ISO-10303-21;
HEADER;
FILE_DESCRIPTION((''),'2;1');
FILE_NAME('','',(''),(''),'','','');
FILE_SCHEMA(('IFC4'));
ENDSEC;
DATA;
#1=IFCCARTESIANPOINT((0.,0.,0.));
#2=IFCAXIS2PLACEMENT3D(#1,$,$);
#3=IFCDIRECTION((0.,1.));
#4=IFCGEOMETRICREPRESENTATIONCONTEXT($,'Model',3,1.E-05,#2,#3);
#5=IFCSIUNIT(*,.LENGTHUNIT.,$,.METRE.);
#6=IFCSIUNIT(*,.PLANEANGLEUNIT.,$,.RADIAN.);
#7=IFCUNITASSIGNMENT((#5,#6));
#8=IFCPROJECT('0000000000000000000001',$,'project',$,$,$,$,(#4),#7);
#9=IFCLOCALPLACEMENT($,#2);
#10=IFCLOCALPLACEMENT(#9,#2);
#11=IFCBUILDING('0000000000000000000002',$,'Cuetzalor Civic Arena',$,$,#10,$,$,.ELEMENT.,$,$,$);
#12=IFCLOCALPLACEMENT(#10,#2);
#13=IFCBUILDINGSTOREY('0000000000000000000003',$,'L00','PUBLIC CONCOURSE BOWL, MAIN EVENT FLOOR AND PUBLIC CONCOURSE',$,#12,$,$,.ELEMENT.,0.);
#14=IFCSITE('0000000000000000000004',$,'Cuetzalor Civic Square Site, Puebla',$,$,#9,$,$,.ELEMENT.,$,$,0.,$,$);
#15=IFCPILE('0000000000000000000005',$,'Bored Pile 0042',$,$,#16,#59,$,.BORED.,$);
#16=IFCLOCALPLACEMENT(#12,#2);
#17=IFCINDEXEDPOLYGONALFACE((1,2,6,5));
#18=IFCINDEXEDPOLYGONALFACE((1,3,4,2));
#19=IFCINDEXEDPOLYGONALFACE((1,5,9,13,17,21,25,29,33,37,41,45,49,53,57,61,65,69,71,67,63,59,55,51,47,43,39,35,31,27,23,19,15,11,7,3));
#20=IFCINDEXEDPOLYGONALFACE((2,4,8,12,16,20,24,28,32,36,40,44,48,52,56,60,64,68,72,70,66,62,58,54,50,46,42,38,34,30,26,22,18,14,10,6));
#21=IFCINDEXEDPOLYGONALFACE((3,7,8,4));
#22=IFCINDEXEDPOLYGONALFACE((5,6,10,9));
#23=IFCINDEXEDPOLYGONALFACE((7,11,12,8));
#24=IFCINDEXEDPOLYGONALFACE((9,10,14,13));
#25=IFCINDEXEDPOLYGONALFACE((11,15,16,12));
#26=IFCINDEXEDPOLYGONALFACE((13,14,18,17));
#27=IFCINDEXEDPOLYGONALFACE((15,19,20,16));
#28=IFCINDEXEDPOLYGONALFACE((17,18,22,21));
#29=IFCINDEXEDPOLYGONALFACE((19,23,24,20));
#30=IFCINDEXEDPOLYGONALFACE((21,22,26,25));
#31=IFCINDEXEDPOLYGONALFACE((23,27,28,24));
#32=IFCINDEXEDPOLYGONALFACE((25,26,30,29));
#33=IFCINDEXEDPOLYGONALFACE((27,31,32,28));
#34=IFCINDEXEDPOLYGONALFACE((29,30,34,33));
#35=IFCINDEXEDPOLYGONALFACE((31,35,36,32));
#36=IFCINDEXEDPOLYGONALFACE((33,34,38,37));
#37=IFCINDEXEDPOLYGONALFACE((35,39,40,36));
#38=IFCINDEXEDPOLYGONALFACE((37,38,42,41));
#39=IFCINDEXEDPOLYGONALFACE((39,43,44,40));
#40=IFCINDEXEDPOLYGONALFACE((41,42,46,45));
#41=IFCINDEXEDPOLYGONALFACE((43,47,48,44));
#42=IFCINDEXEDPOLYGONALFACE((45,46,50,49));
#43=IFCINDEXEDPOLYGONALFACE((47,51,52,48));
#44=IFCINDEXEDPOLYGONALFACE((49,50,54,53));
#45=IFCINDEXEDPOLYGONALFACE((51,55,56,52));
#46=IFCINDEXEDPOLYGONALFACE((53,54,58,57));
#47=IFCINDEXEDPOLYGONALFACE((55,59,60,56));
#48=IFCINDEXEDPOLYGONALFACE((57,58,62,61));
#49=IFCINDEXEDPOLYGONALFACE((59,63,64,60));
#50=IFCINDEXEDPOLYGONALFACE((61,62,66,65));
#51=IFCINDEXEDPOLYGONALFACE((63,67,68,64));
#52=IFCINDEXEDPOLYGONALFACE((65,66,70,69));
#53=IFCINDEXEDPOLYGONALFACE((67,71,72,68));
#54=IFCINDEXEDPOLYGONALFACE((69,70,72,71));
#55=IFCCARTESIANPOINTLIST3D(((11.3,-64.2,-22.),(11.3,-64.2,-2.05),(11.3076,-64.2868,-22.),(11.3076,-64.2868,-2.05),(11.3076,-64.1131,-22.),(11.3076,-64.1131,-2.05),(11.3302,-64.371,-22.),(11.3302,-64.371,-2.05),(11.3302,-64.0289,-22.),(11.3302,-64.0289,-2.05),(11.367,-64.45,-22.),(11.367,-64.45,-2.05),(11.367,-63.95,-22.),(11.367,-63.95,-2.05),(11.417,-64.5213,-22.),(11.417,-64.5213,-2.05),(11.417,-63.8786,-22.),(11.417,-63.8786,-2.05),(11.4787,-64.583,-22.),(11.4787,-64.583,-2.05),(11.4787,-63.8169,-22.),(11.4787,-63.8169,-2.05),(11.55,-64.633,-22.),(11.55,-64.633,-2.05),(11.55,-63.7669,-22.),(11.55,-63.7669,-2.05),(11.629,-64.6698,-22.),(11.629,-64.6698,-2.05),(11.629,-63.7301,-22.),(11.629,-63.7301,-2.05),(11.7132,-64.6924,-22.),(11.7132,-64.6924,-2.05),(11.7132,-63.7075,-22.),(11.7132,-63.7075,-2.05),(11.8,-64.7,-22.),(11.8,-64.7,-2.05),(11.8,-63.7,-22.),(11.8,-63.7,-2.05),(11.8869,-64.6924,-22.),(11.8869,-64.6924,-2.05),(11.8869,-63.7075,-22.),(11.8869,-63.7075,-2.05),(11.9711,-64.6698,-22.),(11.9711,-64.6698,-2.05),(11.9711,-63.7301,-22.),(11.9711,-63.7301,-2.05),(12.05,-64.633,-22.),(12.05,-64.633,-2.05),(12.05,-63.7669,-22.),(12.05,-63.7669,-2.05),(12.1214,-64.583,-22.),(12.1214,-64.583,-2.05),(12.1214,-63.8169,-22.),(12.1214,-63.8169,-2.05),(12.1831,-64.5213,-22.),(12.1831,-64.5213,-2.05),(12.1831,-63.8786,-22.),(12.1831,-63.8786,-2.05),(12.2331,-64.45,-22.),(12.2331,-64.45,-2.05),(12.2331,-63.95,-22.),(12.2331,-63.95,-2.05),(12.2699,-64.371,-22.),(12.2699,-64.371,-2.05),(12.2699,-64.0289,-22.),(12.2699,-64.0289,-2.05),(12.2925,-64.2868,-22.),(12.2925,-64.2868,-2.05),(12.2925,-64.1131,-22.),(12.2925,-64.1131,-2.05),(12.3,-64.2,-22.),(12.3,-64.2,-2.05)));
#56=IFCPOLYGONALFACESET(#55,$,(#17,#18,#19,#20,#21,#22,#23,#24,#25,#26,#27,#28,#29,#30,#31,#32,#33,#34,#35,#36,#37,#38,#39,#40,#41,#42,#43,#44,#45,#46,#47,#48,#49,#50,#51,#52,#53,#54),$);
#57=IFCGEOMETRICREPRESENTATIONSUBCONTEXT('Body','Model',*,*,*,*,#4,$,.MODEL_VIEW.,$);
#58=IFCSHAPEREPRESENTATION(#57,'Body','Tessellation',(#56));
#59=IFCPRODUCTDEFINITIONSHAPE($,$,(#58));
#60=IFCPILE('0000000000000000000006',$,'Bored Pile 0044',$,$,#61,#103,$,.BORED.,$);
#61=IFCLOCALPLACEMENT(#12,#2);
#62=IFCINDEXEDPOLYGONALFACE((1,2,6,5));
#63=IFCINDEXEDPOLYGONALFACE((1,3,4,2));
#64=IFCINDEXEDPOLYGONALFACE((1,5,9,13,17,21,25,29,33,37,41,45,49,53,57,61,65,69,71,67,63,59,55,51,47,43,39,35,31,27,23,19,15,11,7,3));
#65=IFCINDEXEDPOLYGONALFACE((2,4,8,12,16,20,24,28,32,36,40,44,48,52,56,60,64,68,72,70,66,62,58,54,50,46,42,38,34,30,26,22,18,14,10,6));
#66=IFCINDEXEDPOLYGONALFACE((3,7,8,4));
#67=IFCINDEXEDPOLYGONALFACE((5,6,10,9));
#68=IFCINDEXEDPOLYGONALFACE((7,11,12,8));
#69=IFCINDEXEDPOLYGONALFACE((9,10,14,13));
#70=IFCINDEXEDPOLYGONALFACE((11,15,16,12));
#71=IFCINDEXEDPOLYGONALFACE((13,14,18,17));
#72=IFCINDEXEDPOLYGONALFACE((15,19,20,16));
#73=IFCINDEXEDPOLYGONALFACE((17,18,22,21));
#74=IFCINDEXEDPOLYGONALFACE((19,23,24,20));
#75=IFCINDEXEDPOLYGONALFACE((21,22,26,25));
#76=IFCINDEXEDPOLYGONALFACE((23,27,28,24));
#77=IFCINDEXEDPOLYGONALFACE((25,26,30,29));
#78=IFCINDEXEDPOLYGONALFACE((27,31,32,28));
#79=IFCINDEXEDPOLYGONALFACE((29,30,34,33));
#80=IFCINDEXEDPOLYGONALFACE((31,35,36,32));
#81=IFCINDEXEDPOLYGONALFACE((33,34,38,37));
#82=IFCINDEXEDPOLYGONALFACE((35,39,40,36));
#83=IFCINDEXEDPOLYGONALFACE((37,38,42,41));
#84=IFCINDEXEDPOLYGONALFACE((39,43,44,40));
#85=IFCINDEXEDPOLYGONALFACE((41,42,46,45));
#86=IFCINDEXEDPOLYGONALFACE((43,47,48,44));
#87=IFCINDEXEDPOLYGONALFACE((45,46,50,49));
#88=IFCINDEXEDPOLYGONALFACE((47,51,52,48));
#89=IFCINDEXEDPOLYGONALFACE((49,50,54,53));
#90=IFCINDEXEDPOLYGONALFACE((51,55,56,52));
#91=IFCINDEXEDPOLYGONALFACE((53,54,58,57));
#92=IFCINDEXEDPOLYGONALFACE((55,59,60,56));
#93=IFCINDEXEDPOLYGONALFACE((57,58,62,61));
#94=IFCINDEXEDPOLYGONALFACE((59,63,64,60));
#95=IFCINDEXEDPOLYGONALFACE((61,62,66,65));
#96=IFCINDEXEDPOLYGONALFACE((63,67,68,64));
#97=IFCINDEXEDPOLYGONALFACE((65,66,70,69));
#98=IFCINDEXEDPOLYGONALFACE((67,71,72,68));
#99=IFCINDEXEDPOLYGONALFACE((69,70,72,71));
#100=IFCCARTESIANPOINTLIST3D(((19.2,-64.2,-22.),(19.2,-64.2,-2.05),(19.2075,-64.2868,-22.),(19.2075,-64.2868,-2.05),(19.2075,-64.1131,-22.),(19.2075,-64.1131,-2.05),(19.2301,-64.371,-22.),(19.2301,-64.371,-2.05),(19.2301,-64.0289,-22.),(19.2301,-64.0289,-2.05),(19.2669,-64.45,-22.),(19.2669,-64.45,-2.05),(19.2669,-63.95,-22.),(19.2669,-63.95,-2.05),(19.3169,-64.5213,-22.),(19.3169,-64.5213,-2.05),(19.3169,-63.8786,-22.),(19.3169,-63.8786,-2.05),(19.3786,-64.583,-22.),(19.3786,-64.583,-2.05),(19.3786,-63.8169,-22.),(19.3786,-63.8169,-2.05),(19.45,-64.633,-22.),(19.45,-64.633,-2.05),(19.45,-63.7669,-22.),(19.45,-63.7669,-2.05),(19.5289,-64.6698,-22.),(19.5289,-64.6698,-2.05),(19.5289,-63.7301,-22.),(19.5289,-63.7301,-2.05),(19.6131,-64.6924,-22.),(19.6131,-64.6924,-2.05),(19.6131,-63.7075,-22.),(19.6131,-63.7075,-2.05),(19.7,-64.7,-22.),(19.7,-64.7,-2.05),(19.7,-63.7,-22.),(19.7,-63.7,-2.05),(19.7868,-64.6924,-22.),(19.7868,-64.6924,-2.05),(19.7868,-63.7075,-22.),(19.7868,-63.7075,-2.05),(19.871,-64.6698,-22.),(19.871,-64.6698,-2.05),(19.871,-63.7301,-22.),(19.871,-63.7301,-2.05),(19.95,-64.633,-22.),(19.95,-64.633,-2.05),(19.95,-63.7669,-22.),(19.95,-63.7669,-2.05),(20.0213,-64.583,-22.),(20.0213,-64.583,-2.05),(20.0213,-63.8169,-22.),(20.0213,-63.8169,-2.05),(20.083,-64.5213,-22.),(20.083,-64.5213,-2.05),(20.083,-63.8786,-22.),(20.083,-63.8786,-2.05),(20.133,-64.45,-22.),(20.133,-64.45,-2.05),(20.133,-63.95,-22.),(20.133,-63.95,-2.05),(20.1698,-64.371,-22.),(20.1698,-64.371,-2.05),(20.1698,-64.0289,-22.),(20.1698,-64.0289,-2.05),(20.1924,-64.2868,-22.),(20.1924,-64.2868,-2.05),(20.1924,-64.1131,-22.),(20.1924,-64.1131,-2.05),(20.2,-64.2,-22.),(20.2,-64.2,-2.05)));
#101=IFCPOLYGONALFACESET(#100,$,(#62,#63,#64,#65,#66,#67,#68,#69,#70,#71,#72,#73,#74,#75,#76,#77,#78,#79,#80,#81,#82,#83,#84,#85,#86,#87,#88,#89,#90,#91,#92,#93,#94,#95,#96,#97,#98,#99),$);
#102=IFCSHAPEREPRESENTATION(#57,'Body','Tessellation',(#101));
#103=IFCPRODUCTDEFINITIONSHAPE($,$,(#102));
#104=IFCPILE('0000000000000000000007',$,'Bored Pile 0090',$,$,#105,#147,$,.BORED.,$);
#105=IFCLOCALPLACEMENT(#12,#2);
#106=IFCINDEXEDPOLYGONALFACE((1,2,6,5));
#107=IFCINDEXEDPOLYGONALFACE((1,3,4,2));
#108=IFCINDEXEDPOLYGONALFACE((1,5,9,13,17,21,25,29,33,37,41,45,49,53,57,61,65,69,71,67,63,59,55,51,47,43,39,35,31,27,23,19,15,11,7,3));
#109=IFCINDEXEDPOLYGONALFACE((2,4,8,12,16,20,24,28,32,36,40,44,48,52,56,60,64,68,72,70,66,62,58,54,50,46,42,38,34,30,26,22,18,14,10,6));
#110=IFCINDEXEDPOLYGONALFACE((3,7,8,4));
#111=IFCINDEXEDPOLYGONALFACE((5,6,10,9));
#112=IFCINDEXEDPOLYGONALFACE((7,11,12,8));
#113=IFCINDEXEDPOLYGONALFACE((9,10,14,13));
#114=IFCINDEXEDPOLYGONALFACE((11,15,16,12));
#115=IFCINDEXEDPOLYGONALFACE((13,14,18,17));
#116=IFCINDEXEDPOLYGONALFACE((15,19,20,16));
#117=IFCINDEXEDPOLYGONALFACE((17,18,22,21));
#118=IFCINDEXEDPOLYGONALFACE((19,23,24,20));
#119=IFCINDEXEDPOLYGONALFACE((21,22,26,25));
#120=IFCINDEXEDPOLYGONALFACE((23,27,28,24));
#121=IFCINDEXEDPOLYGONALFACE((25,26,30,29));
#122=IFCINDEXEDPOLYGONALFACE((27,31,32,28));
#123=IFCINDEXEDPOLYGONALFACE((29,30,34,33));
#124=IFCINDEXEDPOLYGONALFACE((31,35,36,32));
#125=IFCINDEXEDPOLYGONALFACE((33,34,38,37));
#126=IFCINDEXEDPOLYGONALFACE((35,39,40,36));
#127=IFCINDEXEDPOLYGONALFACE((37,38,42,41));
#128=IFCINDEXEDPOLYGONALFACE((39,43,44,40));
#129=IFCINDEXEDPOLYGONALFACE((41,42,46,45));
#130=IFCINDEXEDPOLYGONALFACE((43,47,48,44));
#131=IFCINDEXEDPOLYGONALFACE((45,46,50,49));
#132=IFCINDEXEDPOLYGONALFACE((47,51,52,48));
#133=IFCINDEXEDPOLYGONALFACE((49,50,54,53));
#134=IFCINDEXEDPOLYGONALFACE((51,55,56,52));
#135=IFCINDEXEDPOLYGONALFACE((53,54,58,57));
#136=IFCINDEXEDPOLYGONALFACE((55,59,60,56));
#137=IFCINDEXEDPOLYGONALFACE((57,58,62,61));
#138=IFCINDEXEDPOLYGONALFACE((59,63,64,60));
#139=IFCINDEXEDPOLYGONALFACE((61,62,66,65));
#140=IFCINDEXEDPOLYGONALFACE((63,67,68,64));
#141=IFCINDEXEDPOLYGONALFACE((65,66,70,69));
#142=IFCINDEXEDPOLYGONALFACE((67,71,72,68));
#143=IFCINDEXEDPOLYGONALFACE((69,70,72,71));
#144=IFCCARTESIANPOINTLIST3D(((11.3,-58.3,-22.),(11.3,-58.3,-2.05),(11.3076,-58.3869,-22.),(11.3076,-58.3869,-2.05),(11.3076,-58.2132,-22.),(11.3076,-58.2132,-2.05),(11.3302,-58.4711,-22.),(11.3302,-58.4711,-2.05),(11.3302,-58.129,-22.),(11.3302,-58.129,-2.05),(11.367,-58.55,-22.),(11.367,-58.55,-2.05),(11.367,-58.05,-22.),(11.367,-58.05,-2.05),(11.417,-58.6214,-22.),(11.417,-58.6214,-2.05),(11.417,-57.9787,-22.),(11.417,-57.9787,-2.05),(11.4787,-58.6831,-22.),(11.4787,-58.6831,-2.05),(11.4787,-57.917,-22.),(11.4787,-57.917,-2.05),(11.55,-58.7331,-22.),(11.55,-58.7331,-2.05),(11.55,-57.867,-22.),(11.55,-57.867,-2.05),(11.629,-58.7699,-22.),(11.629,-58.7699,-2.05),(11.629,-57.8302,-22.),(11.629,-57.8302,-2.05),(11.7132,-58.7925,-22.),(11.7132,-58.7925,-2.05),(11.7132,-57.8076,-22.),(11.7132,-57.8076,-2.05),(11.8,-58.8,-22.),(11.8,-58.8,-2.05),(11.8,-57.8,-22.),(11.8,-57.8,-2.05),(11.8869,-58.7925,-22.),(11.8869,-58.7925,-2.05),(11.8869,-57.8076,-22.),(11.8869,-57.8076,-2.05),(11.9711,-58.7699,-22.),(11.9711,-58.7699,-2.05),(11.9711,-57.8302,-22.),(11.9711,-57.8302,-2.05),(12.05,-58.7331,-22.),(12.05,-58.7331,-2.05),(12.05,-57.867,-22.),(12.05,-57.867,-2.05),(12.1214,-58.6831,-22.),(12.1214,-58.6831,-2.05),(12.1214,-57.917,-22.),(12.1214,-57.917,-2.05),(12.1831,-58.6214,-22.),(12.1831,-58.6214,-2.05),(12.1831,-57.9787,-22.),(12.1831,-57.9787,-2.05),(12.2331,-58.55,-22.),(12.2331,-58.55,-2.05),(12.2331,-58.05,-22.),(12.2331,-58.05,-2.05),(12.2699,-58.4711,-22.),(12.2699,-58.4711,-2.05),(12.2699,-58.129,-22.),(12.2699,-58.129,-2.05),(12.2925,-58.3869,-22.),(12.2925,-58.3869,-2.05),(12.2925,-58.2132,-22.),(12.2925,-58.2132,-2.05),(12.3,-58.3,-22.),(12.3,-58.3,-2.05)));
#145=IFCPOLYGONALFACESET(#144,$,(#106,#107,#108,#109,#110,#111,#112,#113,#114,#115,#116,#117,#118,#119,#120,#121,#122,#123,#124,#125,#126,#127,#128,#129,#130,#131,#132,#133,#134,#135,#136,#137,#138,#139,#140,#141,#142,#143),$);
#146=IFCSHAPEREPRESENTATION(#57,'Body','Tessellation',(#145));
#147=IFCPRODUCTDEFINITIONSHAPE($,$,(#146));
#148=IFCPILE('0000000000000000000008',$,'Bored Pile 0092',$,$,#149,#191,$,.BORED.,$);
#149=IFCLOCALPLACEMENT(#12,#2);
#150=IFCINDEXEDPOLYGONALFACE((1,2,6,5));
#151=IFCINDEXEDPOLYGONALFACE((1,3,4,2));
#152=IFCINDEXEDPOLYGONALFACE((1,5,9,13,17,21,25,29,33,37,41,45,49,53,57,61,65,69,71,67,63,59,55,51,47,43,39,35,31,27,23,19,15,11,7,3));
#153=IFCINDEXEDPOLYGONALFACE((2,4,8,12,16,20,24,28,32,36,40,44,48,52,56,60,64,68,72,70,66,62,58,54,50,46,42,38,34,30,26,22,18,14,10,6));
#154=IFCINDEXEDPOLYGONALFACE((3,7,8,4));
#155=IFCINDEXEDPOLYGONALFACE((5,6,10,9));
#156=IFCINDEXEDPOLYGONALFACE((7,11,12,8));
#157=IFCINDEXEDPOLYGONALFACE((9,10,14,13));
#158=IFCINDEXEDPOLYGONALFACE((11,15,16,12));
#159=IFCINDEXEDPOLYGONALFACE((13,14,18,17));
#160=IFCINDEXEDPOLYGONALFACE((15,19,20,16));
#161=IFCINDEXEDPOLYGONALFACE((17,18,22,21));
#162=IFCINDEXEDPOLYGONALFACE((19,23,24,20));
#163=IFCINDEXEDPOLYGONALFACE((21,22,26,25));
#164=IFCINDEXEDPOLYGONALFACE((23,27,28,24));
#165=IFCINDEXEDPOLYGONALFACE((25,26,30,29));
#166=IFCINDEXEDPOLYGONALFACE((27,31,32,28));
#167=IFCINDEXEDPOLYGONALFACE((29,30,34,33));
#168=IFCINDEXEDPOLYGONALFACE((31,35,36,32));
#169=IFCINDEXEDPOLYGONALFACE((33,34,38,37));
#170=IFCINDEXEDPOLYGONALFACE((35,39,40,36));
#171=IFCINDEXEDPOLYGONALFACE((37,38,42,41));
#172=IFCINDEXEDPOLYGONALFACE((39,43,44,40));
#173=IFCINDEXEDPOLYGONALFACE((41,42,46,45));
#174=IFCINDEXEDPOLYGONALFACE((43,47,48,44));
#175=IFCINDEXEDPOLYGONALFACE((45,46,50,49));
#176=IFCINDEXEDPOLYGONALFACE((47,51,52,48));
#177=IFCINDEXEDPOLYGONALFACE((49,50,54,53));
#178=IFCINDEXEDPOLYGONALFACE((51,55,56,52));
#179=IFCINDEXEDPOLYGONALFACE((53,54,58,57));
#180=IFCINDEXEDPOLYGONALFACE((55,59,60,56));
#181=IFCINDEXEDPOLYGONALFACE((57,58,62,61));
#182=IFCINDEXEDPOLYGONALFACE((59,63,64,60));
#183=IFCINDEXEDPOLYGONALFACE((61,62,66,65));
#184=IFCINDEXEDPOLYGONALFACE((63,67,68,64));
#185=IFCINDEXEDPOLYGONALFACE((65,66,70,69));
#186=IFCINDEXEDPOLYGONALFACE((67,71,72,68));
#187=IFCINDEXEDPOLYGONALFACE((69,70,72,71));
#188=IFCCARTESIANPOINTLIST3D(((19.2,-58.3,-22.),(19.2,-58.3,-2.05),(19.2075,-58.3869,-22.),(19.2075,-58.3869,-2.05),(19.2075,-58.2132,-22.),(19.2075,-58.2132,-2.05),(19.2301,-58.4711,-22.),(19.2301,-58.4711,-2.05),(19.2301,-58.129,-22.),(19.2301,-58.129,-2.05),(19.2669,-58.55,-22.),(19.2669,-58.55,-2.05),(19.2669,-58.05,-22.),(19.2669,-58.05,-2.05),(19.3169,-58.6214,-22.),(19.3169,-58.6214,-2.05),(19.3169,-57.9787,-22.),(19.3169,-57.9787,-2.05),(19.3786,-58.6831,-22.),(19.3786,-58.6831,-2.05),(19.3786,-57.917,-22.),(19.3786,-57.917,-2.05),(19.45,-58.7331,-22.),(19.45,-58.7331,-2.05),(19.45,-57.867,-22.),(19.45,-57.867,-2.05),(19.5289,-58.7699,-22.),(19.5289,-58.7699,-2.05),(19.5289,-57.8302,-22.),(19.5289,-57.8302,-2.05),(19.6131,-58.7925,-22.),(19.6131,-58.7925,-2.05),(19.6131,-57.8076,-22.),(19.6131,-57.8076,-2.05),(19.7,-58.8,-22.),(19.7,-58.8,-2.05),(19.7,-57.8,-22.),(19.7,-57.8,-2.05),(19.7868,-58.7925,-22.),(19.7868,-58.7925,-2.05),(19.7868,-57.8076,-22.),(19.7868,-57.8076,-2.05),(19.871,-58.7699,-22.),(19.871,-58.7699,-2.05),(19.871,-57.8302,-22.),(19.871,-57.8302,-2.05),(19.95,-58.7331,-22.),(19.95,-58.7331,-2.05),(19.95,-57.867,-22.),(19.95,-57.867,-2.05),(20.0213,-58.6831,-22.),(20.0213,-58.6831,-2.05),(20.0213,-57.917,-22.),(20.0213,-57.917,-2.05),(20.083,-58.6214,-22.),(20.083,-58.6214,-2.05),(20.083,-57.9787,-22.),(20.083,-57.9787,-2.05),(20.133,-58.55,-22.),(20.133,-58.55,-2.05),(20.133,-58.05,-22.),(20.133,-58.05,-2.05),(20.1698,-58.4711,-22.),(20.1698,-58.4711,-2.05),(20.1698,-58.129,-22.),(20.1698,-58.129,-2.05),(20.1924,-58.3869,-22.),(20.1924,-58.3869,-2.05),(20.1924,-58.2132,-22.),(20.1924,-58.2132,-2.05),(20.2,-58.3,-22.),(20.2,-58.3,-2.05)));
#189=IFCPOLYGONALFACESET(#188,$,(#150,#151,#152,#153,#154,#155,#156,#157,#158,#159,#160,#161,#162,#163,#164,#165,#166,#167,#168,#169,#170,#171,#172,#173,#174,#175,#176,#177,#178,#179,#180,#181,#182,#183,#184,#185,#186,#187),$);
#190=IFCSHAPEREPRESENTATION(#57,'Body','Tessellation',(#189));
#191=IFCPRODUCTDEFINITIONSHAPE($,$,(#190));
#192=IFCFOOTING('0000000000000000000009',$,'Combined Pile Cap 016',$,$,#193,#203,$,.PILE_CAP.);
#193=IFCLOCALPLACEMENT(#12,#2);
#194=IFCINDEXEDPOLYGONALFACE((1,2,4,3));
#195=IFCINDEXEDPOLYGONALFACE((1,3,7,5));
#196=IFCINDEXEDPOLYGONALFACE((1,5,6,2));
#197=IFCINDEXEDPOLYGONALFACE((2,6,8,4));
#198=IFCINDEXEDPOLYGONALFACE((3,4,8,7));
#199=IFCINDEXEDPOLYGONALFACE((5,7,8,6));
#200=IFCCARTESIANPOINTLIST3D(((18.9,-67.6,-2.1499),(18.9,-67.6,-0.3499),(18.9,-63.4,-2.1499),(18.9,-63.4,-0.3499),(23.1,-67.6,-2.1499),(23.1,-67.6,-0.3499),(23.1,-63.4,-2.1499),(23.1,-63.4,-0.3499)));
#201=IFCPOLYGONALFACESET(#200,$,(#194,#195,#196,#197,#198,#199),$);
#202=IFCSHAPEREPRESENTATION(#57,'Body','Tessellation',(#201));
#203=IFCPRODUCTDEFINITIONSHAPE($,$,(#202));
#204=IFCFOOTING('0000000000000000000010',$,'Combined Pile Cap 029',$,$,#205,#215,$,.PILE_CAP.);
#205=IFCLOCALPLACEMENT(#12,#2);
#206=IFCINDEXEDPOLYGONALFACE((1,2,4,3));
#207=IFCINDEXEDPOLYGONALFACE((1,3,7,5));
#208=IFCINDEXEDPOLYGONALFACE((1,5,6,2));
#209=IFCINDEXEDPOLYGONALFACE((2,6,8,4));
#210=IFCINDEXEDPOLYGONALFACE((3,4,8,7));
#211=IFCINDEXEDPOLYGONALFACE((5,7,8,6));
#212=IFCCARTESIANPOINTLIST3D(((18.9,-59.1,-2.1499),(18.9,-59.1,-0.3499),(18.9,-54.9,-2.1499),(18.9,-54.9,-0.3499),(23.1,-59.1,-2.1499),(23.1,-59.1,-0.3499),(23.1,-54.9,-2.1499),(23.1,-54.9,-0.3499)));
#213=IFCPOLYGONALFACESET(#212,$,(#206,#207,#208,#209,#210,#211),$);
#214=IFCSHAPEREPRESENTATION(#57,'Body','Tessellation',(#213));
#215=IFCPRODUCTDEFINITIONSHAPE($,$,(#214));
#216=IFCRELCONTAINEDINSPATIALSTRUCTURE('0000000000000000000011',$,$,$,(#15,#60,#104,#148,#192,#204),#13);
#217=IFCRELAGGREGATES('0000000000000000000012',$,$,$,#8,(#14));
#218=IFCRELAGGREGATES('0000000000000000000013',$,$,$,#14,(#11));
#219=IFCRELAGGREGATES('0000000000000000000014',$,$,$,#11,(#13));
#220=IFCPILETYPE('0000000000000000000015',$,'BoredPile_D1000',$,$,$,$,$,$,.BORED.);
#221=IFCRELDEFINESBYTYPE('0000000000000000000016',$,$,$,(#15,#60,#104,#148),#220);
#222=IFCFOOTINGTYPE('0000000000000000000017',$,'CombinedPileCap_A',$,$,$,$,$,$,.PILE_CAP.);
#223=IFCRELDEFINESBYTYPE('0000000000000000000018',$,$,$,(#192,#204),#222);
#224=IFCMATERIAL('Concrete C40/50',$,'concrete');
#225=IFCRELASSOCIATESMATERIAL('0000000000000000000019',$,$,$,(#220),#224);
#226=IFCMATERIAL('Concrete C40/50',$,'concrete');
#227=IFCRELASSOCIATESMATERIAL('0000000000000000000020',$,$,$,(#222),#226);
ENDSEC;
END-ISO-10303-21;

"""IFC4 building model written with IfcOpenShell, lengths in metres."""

from ifc_helpers import new_model, si_unit, direction, frame, origin, origin_2d, place, context, subcontext, project, spatial, rectangle, circle, extrude, material, material_profile, profile_set, type_object, element, save


model = new_model("IFC4")

# Units and contexts
model_context = context("Model", 3, precision=1e-05, world=origin(), true_north=direction((0.0, 1.0)))
body_context = subcontext(model_context, "Body", "Model", "MODEL_VIEW")
ifc_project = project(units=[si_unit("LENGTHUNIT", "METRE"), si_unit("PLANEANGLEUNIT", "RADIAN")], contexts=[model_context])

# Site, building, storey
site_placement = place(None, origin())
site = spatial("IfcSite", under=ifc_project, at=site_placement, Name="Cuetzalor Civic Square Site, Puebla", CompositionType="ELEMENT", RefElevation=0.0)
building_placement = place(site_placement, origin())
building = spatial("IfcBuilding", under=site, at=building_placement, Name="Cuetzalor Civic Arena", CompositionType="ELEMENT")
storey_placement = place(building_placement, origin())
storey = spatial("IfcBuildingStorey", under=building, at=storey_placement, Name="L00", Description="PUBLIC CONCOURSE BOWL, MAIN EVENT FLOOR AND PUBLIC CONCOURSE", CompositionType="ELEMENT", Elevation=0.0)

# Piles
ifc_material_1 = material(Name="Concrete C40/50", Category="concrete")
ifc_material_profile_1 = material_profile(ifc_material_1, circle(Radius=0.5, at=origin_2d()), Name="BORED PILE D1000")
ifc_profile_set_1 = profile_set([ifc_material_profile_1], Name="Concrete C40/50")
pile_type = type_object("IfcPileType", Name="BoredPile_D1000", PredefinedType="BORED", material=ifc_profile_set_1)
for number, where, z_axis, x_axis, name in (
    (1, (11.8, -64.2, -2.05), (0.0, 0.0, -1.0), (1.0, 0.0, 0.0), "Bored Pile 0042"),
    (2, (19.7, -64.2, -2.05), (0.0, 0.0, -1.0), (1.0, 0.0, 0.0), "Bored Pile 0044"),
    (3, (11.8, -58.3, -2.05), (0.0, 0.0, -1.0), (1.0, 0.0, 0.0), "Bored Pile 0090"),
    (4, (19.7, -58.3, -2.05), (0.0, 0.0, -1.0), (1.0, 0.0, 0.0), "Bored Pile 0092"),
):
    element("IfcPile", number, at=place(storey_placement, frame(where, z_axis=z_axis, x_axis=x_axis)), inside=storey, type_object=pile_type, Name=name, PredefinedType="BORED", context=body_context, shape_type="SweptSolid", body=[
        extrude(circle(Radius=0.5, at=origin_2d()), origin(), (0.0, 0.0, 1.0), 19.95),
    ])

# Footings
ifc_material_2 = material(Name="Concrete C40/50", Category="concrete")
footing_type_1 = type_object("IfcFootingType", Name="CombinedPileCap_A", PredefinedType="PILE_CAP", material=ifc_material_2)
for number, where, z_axis, x_axis, name in (
    (5, (21.0, -65.5, -2.1499), (0.0, 0.0, 1.0), (1.0, 0.0, 0.0), "Combined Pile Cap 016"),
    (6, (21.0, -57.0, -2.1499), (0.0, 0.0, 1.0), (1.0, 0.0, 0.0), "Combined Pile Cap 029"),
):
    element("IfcFooting", number, at=place(storey_placement, frame(where, z_axis=z_axis, x_axis=x_axis)), inside=storey, type_object=footing_type_1, Name=name, PredefinedType="PILE_CAP", context=body_context, shape_type="SweptSolid", body=[
        extrude(rectangle(XDim=4.2, YDim=4.2, at=origin_2d()), origin(), (0.0, 0.0, 1.0), 1.8),
    ])

save(model, "model.ifc")
